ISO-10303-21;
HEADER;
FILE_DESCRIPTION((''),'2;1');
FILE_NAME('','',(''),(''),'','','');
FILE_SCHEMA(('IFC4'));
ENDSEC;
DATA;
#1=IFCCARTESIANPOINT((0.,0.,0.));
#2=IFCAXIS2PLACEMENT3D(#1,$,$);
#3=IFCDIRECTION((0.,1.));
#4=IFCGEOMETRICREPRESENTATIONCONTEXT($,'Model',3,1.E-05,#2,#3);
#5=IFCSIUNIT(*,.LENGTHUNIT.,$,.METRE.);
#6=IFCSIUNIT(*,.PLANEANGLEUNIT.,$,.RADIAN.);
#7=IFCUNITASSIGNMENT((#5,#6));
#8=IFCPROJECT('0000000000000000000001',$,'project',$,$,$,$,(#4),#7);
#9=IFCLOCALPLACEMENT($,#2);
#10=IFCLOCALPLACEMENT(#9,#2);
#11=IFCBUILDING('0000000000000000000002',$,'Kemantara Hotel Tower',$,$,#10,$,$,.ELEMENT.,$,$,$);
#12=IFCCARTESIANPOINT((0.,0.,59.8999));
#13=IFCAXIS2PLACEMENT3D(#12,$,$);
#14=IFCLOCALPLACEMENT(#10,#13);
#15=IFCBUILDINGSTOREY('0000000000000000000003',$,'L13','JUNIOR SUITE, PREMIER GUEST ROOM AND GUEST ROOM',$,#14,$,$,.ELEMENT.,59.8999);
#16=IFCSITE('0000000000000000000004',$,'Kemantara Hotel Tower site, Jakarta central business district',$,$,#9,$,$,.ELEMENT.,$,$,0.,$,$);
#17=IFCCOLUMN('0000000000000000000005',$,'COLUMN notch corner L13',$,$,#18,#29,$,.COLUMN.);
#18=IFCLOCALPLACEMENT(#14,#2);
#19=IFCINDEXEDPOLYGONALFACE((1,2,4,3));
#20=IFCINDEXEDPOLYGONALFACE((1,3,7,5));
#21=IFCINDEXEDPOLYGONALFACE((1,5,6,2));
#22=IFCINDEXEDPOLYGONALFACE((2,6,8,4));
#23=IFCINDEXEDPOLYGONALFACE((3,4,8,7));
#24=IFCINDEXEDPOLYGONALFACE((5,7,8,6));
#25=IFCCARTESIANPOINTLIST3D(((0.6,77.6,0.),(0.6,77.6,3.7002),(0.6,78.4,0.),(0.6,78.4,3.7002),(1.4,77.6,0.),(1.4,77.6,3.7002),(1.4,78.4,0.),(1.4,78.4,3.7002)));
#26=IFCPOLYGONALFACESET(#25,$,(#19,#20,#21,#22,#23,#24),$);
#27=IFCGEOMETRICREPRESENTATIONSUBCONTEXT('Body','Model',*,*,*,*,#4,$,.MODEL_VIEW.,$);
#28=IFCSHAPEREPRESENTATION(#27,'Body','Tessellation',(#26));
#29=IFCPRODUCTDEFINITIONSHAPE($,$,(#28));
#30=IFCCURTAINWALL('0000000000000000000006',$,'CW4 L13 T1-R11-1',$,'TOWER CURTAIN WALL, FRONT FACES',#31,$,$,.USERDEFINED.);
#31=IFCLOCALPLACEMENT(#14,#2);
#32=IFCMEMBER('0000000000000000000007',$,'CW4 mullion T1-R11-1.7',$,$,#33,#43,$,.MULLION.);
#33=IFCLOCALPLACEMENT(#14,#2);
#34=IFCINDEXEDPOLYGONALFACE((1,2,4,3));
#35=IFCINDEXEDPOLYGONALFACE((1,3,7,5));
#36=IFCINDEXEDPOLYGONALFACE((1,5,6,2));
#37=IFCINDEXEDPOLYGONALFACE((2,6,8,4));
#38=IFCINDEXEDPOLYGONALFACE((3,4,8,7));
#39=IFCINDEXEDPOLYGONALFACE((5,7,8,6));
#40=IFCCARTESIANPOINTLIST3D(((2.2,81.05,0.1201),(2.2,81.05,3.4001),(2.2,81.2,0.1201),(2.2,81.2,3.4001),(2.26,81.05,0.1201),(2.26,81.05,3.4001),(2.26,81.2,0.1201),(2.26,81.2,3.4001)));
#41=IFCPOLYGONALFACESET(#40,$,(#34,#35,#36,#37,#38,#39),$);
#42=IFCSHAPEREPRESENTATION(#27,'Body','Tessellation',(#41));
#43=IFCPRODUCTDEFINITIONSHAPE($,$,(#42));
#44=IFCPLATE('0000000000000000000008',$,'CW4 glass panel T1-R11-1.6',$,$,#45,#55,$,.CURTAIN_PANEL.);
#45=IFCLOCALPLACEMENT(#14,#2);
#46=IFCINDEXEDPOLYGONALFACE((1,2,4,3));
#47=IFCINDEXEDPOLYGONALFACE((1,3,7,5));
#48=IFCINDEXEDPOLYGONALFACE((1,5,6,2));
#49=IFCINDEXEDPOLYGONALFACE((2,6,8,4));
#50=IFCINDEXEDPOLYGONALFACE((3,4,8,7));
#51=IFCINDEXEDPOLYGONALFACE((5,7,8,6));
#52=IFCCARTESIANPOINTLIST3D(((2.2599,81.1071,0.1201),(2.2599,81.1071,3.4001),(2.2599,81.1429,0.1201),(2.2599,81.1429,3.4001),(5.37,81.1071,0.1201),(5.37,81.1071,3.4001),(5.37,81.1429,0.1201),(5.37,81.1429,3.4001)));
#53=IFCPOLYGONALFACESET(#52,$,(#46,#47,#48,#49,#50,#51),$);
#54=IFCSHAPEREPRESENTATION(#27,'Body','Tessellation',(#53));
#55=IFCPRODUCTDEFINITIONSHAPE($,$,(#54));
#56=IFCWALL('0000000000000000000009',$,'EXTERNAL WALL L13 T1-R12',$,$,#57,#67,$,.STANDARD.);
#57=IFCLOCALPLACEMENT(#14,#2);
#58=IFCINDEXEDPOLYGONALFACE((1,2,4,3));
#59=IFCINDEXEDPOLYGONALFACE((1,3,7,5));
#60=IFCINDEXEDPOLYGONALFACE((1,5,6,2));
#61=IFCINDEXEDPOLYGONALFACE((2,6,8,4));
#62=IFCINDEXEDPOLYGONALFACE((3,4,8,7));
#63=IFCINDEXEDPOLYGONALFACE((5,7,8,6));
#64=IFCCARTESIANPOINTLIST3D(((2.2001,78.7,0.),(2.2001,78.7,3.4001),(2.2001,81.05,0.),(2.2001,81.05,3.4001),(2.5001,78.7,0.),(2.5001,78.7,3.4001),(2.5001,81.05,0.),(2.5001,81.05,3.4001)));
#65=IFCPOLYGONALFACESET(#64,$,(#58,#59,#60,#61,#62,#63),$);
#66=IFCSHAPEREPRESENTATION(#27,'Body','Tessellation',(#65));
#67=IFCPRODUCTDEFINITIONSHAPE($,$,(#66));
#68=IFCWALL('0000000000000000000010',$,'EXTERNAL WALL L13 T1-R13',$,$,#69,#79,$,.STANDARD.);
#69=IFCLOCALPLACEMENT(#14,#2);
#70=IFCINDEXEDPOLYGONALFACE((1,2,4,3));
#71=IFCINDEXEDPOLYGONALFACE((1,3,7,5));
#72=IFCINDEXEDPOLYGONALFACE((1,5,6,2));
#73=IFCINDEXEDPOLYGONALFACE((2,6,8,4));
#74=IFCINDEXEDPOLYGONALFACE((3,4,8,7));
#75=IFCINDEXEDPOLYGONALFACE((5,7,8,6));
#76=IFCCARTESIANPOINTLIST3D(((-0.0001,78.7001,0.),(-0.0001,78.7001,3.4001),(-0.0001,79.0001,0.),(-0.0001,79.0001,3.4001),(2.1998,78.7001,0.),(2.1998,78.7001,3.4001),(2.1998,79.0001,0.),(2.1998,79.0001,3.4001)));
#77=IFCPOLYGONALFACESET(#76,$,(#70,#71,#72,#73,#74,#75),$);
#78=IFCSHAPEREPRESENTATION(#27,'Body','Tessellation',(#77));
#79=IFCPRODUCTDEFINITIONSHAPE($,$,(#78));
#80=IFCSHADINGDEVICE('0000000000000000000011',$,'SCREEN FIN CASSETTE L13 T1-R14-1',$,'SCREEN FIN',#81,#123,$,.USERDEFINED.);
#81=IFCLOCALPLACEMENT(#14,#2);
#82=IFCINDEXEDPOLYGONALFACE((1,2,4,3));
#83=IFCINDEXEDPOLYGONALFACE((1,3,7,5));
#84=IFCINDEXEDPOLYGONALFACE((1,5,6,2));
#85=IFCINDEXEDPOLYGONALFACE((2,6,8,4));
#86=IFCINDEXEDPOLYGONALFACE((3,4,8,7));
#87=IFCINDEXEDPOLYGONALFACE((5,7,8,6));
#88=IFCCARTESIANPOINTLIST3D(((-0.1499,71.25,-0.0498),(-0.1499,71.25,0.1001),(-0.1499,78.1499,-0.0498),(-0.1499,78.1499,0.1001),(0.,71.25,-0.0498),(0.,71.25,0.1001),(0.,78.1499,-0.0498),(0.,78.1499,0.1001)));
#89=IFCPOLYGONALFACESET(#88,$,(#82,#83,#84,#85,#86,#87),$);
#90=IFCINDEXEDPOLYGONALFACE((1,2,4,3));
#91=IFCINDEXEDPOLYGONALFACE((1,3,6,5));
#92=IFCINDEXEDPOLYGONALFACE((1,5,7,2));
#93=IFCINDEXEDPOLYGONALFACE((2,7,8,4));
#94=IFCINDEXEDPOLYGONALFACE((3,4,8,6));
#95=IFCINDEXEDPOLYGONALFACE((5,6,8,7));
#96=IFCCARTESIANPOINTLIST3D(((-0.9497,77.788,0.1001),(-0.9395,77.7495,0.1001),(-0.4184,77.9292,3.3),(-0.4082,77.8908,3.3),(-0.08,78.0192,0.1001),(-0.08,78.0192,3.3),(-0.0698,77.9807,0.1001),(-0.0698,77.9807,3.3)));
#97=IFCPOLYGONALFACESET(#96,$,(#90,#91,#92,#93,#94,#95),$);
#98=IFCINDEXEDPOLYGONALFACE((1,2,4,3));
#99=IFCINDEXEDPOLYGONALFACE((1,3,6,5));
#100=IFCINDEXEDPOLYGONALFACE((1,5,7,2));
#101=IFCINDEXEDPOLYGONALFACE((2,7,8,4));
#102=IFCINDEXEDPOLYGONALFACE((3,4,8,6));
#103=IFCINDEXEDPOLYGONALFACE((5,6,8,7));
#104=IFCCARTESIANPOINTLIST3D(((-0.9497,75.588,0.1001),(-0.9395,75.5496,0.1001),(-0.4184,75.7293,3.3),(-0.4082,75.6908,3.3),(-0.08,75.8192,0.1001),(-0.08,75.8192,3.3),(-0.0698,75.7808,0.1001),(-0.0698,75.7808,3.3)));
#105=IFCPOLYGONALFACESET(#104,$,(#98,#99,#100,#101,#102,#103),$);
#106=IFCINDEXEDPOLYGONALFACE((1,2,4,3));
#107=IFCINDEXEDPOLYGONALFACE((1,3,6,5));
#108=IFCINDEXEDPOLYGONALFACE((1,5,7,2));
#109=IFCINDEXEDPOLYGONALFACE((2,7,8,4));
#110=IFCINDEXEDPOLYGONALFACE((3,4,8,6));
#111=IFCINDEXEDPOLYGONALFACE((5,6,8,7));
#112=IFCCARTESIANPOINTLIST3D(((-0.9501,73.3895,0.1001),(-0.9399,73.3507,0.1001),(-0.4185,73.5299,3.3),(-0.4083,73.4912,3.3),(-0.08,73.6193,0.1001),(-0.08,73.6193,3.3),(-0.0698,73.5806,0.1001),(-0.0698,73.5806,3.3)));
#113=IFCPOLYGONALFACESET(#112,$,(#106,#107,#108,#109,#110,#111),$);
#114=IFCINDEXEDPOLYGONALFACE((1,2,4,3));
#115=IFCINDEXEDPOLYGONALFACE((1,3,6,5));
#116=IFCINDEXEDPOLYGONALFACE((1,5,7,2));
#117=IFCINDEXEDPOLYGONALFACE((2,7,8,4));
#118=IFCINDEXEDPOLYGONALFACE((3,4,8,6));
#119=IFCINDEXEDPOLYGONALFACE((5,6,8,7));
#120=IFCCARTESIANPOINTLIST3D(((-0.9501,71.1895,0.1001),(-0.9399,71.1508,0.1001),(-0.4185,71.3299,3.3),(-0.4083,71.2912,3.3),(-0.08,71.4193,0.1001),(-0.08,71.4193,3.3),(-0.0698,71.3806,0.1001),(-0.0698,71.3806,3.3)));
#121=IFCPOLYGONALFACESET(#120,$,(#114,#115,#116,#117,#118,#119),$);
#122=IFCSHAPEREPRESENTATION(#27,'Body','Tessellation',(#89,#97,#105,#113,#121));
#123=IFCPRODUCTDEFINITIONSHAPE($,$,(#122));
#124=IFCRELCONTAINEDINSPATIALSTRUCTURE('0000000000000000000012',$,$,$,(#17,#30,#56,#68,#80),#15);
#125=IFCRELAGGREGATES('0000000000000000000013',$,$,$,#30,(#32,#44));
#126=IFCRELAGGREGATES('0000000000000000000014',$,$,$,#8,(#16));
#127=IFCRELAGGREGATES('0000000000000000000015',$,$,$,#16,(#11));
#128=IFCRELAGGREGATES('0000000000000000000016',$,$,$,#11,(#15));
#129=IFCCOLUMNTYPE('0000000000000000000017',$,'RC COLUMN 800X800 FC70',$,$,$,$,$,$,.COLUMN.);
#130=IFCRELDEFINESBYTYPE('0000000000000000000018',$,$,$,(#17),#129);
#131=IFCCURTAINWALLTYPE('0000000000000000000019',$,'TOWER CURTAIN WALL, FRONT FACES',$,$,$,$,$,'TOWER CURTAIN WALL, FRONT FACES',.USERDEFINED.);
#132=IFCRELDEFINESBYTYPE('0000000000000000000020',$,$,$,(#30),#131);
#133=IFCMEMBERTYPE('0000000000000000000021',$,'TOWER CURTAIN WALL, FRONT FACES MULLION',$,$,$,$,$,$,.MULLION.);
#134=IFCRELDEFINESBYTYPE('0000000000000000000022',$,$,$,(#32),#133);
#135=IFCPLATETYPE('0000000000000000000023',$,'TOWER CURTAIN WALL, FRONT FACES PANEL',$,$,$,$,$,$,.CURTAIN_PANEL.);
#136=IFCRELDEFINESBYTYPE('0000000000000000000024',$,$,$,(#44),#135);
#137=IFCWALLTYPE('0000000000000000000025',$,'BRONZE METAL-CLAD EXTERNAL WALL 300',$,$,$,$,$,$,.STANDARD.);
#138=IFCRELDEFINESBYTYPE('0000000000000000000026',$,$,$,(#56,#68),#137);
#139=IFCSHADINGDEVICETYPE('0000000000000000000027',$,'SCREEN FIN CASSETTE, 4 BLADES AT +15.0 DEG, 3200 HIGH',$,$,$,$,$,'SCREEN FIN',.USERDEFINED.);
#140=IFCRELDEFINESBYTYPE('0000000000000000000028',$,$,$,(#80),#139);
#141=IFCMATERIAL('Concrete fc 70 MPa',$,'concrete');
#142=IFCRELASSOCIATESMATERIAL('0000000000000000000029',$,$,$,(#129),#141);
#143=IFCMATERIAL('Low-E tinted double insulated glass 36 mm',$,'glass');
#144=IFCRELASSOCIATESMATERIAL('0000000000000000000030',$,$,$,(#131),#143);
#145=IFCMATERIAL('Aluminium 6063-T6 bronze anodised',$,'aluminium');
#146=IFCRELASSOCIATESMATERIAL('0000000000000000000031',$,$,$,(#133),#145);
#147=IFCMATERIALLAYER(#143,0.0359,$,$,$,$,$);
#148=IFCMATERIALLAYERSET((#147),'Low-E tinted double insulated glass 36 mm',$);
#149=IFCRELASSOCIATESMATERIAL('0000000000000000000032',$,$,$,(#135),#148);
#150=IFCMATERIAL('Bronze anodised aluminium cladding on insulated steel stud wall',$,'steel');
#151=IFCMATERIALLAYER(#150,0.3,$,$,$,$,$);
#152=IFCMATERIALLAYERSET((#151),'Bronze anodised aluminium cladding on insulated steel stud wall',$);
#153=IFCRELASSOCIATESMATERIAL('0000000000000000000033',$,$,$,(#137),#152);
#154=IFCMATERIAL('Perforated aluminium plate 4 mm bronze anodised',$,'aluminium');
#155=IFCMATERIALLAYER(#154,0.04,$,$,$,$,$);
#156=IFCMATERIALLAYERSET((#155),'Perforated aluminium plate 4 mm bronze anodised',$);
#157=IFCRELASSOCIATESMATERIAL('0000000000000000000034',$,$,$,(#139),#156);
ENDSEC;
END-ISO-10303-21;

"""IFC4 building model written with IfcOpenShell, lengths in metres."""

from ifc_helpers import new_model, si_unit, direction, frame, frame_2d, origin, origin_2d, place, context, subcontext, project, spatial, polyline, rectangle, outline, extrude, source, transform, mapped, material, layer, layer_set, material_profile, profile_set, type_object, element, aggregate, save


model = new_model("IFC4")

# Units and contexts
model_context = context("Model", 3, precision=1e-05, world=origin(), true_north=direction((0.0, 1.0)))
body_context = subcontext(model_context, "Body", "Model", "MODEL_VIEW")
ifc_project = project(units=[si_unit("LENGTHUNIT", "METRE"), si_unit("PLANEANGLEUNIT", "RADIAN")], contexts=[model_context])

# Site, building, storey
site_placement = place(None, origin())
site = spatial("IfcSite", under=ifc_project, at=site_placement, Name="Kemantara Hotel Tower site, Jakarta central business district", CompositionType="ELEMENT", RefElevation=0.0)
building_placement = place(site_placement, origin())
building = spatial("IfcBuilding", under=site, at=building_placement, Name="Kemantara Hotel Tower", CompositionType="ELEMENT")
storey_placement = place(building_placement, frame((0.0, 0.0, 59.8999)))
storey = spatial("IfcBuildingStorey", under=building, at=storey_placement, Name="L13", Description="JUNIOR SUITE, PREMIER GUEST ROOM AND GUEST ROOM", CompositionType="ELEMENT", Elevation=59.8999)

# Column
ifc_material_1 = material(Name="Concrete fc 70 MPa", Category="concrete")
ifc_material_profile_1 = material_profile(ifc_material_1, rectangle(XDim=0.8, YDim=0.8, at=origin_2d()), Name="RC 800X800")
ifc_profile_set_1 = profile_set([ifc_material_profile_1], Name="Concrete fc 70 MPa")
column_type = type_object("IfcColumnType", Name="RC COLUMN 800X800 FC70", PredefinedType="COLUMN", material=ifc_profile_set_1)
column_placement = place(storey_placement, frame((1.0, 78.0, 0.0), z_axis=(0.0, 0.0, 1.0), x_axis=(1.0, 0.0, 0.0)))
element("IfcColumn", 1, at=column_placement, inside=storey, type_object=column_type, Name="COLUMN notch corner L13", PredefinedType="COLUMN", context=body_context, shape_type="SweptSolid", body=[
    extrude(rectangle(XDim=0.8, YDim=0.8, at=origin_2d()), origin(), (0.0, 0.0, 1.0), 3.7002),
])

# Curtain wall, member, plate
ifc_material_2 = material(Name="Low-E tinted double insulated glass 36 mm", Category="glass")
curtain_wall_type = type_object("IfcCurtainWallType", Name="TOWER CURTAIN WALL, FRONT FACES", ElementType="TOWER CURTAIN WALL, FRONT FACES", PredefinedType="USERDEFINED", material=ifc_material_2)
curtain_wall_placement = place(storey_placement, origin())
curtain_wall = element("IfcCurtainWall", 2, at=curtain_wall_placement, inside=storey, type_object=curtain_wall_type, Name="CW4 L13 T1-R11-1", ObjectType="TOWER CURTAIN WALL, FRONT FACES", PredefinedType="USERDEFINED")
ifc_material_3 = material(Name="Aluminium 6063-T6 bronze anodised", Category="aluminium")
ifc_material_profile_2 = material_profile(ifc_material_3, rectangle(XDim=0.1499, YDim=0.0601, at=origin_2d()), Name="TOWER CURTAIN WALL, FRONT FACES MULLION")
ifc_profile_set_2 = profile_set([ifc_material_profile_2], Name="Aluminium 6063-T6 bronze anodised")
member_type = type_object("IfcMemberType", Name="TOWER CURTAIN WALL, FRONT FACES MULLION", PredefinedType="MULLION", material=ifc_profile_set_2)
shared_shape_1 = source(origin(), body_context, "Body", "SweptSolid", [
    extrude(rectangle(XDim=0.1499, YDim=0.0601, at=origin_2d()), origin(), (0.0, 0.0, 1.0), 3.28),
])
member_placement = place(storey_placement, frame((2.23, 81.125, 0.1201), z_axis=(0.0, 0.0, 1.0), x_axis=(0.0, -1.0, 0.0)))
member = element("IfcMember", 3, at=member_placement, type_object=member_type, Name="CW4 mullion T1-R11-1.7", PredefinedType="MULLION", context=body_context, shape_type="MappedRepresentation", body=[
    mapped(shared_shape_1, transform((0.0, 0.0, 0.0))),
])
ifc_layer_1 = layer(ifc_material_2, 0.0359)
ifc_layer_set_1 = layer_set([ifc_layer_1], Name="Low-E tinted double insulated glass 36 mm")
plate_type = type_object("IfcPlateType", Name="TOWER CURTAIN WALL, FRONT FACES PANEL", PredefinedType="CURTAIN_PANEL", material=ifc_layer_set_1)
shared_shape_2 = source(origin(), body_context, "Body", "SweptSolid", [
    extrude(rectangle(XDim=3.1101, YDim=0.0359, at=origin_2d()), origin(), (0.0, 0.0, 1.0), 3.28),
])
plate_placement = place(storey_placement, frame((3.8149, 81.125, 0.1201), z_axis=(0.0, 0.0, 1.0), x_axis=(-1.0, 0.0, 0.0)))
plate = element("IfcPlate", 4, at=plate_placement, type_object=plate_type, Name="CW4 glass panel T1-R11-1.6", PredefinedType="CURTAIN_PANEL", context=body_context, shape_type="MappedRepresentation", body=[
    mapped(shared_shape_2, transform((0.0, 0.0, 0.0))),
])
aggregate(curtain_wall, [member, plate])

# Walls
ifc_material_4 = material(Name="Bronze anodised aluminium cladding on insulated steel stud wall", Category="steel")
ifc_layer_2 = layer(ifc_material_4, 0.3)
ifc_layer_set_2 = layer_set([ifc_layer_2], Name="Bronze anodised aluminium cladding on insulated steel stud wall")
wall_type = type_object("IfcWallType", Name="BRONZE METAL-CLAD EXTERNAL WALL 300", PredefinedType="STANDARD", material=ifc_layer_set_2)
wall_1_placement = place(storey_placement, frame((2.3501, 81.05, 0.0), z_axis=(0.0, 0.0, 1.0), x_axis=(0.0, -1.0, 0.0)))
element("IfcWall", 5, at=wall_1_placement, inside=storey, type_object=wall_type, Name="EXTERNAL WALL L13 T1-R12", PredefinedType="STANDARD", context=body_context, shape_type="SweptSolid", body=[
    extrude(rectangle(XDim=2.3501, YDim=0.3, at=frame_2d((1.175, 0.0))), origin(), (0.0, 0.0, 1.0), 3.4001),
])
wall_2_placement = place(storey_placement, frame((2.2, 78.8501, 0.0), z_axis=(0.0, 0.0, 1.0), x_axis=(-1.0, 0.0, 0.0)))
element("IfcWall", 6, at=wall_2_placement, inside=storey, type_object=wall_type, Name="EXTERNAL WALL L13 T1-R13", PredefinedType="STANDARD", context=body_context, shape_type="SweptSolid", body=[
    extrude(rectangle(XDim=2.2, YDim=0.3, at=frame_2d((1.1001, 0.0))), origin(), (0.0, 0.0, 1.0), 3.4001),
])

# Shading device
ifc_material_5 = material(Name="Perforated aluminium plate 4 mm bronze anodised", Category="aluminium")
ifc_layer_3 = layer(ifc_material_5, 0.04)
ifc_layer_set_3 = layer_set([ifc_layer_3], Name="Perforated aluminium plate 4 mm bronze anodised")
shading_device_type = type_object("IfcShadingDeviceType", Name="SCREEN FIN CASSETTE, 4 BLADES AT +15.0 DEG, 3200 HIGH", ElementType="SCREEN FIN", PredefinedType="USERDEFINED", material=ifc_layer_set_3)
shared_shape_3 = source(origin(), body_context, "Body", "SweptSolid", [
    extrude(rectangle(XDim=6.8999, YDim=0.1499, at=origin_2d()), frame((3.3, -0.075, -0.1499), z_axis=(0.0, 0.0, 1.0), x_axis=(1.0, 0.0, 0.0)), (0.0, 0.0, 1.0), 0.1499),
    extrude(outline(polyline([(0.0, 0.0), (0.8999, 0.0), (0.3501, 3.2), (0.0, 3.2), (0.0, 0.0)])), frame((0.0193, -0.0698, 0.0), z_axis=(-0.966438, -0.256901, 0.0), x_axis=(0.256901, -0.966438, 0.0)), (0.0, 0.0, 1.0), 0.0398),
    extrude(outline(polyline([(0.0, 0.0), (0.8999, 0.0), (0.3501, 3.2), (0.0, 3.2), (0.0, 0.0)])), frame((2.2192, -0.0698, 0.0), z_axis=(-0.966438, -0.256901, 0.0), x_axis=(0.256901, -0.966438, 0.0)), (0.0, 0.0, 1.0), 0.0398),
    extrude(outline(polyline([(0.0, 0.0), (0.8999, 0.0), (0.3501, 3.2), (0.0, 3.2), (0.0, 0.0)])), frame((4.4194, -0.0698, 0.0), z_axis=(-0.966838, -0.255391, 0.0), x_axis=(0.255391, -0.966838, 0.0)), (0.0, 0.0, 1.0), 0.04),
    extrude(outline(polyline([(0.0, 0.0), (0.8999, 0.0), (0.3501, 3.2), (0.0, 3.2), (0.0, 0.0)])), frame((6.6194, -0.0698, 0.0), z_axis=(-0.966838, -0.255391, 0.0), x_axis=(0.255391, -0.966838, 0.0)), (0.0, 0.0, 1.0), 0.04),
])
shading_device_placement = place(storey_placement, frame((0.0, 78.0, 0.1001), z_axis=(0.0, 0.0, 1.0), x_axis=(0.0, -1.0, 0.0)))
element("IfcShadingDevice", 7, at=shading_device_placement, inside=storey, type_object=shading_device_type, Name="SCREEN FIN CASSETTE L13 T1-R14-1", ObjectType="SCREEN FIN", PredefinedType="USERDEFINED", context=body_context, shape_type="MappedRepresentation", body=[
    mapped(shared_shape_3, transform((0.0, 0.0, 0.0))),
])

save(model, "model.ifc")
